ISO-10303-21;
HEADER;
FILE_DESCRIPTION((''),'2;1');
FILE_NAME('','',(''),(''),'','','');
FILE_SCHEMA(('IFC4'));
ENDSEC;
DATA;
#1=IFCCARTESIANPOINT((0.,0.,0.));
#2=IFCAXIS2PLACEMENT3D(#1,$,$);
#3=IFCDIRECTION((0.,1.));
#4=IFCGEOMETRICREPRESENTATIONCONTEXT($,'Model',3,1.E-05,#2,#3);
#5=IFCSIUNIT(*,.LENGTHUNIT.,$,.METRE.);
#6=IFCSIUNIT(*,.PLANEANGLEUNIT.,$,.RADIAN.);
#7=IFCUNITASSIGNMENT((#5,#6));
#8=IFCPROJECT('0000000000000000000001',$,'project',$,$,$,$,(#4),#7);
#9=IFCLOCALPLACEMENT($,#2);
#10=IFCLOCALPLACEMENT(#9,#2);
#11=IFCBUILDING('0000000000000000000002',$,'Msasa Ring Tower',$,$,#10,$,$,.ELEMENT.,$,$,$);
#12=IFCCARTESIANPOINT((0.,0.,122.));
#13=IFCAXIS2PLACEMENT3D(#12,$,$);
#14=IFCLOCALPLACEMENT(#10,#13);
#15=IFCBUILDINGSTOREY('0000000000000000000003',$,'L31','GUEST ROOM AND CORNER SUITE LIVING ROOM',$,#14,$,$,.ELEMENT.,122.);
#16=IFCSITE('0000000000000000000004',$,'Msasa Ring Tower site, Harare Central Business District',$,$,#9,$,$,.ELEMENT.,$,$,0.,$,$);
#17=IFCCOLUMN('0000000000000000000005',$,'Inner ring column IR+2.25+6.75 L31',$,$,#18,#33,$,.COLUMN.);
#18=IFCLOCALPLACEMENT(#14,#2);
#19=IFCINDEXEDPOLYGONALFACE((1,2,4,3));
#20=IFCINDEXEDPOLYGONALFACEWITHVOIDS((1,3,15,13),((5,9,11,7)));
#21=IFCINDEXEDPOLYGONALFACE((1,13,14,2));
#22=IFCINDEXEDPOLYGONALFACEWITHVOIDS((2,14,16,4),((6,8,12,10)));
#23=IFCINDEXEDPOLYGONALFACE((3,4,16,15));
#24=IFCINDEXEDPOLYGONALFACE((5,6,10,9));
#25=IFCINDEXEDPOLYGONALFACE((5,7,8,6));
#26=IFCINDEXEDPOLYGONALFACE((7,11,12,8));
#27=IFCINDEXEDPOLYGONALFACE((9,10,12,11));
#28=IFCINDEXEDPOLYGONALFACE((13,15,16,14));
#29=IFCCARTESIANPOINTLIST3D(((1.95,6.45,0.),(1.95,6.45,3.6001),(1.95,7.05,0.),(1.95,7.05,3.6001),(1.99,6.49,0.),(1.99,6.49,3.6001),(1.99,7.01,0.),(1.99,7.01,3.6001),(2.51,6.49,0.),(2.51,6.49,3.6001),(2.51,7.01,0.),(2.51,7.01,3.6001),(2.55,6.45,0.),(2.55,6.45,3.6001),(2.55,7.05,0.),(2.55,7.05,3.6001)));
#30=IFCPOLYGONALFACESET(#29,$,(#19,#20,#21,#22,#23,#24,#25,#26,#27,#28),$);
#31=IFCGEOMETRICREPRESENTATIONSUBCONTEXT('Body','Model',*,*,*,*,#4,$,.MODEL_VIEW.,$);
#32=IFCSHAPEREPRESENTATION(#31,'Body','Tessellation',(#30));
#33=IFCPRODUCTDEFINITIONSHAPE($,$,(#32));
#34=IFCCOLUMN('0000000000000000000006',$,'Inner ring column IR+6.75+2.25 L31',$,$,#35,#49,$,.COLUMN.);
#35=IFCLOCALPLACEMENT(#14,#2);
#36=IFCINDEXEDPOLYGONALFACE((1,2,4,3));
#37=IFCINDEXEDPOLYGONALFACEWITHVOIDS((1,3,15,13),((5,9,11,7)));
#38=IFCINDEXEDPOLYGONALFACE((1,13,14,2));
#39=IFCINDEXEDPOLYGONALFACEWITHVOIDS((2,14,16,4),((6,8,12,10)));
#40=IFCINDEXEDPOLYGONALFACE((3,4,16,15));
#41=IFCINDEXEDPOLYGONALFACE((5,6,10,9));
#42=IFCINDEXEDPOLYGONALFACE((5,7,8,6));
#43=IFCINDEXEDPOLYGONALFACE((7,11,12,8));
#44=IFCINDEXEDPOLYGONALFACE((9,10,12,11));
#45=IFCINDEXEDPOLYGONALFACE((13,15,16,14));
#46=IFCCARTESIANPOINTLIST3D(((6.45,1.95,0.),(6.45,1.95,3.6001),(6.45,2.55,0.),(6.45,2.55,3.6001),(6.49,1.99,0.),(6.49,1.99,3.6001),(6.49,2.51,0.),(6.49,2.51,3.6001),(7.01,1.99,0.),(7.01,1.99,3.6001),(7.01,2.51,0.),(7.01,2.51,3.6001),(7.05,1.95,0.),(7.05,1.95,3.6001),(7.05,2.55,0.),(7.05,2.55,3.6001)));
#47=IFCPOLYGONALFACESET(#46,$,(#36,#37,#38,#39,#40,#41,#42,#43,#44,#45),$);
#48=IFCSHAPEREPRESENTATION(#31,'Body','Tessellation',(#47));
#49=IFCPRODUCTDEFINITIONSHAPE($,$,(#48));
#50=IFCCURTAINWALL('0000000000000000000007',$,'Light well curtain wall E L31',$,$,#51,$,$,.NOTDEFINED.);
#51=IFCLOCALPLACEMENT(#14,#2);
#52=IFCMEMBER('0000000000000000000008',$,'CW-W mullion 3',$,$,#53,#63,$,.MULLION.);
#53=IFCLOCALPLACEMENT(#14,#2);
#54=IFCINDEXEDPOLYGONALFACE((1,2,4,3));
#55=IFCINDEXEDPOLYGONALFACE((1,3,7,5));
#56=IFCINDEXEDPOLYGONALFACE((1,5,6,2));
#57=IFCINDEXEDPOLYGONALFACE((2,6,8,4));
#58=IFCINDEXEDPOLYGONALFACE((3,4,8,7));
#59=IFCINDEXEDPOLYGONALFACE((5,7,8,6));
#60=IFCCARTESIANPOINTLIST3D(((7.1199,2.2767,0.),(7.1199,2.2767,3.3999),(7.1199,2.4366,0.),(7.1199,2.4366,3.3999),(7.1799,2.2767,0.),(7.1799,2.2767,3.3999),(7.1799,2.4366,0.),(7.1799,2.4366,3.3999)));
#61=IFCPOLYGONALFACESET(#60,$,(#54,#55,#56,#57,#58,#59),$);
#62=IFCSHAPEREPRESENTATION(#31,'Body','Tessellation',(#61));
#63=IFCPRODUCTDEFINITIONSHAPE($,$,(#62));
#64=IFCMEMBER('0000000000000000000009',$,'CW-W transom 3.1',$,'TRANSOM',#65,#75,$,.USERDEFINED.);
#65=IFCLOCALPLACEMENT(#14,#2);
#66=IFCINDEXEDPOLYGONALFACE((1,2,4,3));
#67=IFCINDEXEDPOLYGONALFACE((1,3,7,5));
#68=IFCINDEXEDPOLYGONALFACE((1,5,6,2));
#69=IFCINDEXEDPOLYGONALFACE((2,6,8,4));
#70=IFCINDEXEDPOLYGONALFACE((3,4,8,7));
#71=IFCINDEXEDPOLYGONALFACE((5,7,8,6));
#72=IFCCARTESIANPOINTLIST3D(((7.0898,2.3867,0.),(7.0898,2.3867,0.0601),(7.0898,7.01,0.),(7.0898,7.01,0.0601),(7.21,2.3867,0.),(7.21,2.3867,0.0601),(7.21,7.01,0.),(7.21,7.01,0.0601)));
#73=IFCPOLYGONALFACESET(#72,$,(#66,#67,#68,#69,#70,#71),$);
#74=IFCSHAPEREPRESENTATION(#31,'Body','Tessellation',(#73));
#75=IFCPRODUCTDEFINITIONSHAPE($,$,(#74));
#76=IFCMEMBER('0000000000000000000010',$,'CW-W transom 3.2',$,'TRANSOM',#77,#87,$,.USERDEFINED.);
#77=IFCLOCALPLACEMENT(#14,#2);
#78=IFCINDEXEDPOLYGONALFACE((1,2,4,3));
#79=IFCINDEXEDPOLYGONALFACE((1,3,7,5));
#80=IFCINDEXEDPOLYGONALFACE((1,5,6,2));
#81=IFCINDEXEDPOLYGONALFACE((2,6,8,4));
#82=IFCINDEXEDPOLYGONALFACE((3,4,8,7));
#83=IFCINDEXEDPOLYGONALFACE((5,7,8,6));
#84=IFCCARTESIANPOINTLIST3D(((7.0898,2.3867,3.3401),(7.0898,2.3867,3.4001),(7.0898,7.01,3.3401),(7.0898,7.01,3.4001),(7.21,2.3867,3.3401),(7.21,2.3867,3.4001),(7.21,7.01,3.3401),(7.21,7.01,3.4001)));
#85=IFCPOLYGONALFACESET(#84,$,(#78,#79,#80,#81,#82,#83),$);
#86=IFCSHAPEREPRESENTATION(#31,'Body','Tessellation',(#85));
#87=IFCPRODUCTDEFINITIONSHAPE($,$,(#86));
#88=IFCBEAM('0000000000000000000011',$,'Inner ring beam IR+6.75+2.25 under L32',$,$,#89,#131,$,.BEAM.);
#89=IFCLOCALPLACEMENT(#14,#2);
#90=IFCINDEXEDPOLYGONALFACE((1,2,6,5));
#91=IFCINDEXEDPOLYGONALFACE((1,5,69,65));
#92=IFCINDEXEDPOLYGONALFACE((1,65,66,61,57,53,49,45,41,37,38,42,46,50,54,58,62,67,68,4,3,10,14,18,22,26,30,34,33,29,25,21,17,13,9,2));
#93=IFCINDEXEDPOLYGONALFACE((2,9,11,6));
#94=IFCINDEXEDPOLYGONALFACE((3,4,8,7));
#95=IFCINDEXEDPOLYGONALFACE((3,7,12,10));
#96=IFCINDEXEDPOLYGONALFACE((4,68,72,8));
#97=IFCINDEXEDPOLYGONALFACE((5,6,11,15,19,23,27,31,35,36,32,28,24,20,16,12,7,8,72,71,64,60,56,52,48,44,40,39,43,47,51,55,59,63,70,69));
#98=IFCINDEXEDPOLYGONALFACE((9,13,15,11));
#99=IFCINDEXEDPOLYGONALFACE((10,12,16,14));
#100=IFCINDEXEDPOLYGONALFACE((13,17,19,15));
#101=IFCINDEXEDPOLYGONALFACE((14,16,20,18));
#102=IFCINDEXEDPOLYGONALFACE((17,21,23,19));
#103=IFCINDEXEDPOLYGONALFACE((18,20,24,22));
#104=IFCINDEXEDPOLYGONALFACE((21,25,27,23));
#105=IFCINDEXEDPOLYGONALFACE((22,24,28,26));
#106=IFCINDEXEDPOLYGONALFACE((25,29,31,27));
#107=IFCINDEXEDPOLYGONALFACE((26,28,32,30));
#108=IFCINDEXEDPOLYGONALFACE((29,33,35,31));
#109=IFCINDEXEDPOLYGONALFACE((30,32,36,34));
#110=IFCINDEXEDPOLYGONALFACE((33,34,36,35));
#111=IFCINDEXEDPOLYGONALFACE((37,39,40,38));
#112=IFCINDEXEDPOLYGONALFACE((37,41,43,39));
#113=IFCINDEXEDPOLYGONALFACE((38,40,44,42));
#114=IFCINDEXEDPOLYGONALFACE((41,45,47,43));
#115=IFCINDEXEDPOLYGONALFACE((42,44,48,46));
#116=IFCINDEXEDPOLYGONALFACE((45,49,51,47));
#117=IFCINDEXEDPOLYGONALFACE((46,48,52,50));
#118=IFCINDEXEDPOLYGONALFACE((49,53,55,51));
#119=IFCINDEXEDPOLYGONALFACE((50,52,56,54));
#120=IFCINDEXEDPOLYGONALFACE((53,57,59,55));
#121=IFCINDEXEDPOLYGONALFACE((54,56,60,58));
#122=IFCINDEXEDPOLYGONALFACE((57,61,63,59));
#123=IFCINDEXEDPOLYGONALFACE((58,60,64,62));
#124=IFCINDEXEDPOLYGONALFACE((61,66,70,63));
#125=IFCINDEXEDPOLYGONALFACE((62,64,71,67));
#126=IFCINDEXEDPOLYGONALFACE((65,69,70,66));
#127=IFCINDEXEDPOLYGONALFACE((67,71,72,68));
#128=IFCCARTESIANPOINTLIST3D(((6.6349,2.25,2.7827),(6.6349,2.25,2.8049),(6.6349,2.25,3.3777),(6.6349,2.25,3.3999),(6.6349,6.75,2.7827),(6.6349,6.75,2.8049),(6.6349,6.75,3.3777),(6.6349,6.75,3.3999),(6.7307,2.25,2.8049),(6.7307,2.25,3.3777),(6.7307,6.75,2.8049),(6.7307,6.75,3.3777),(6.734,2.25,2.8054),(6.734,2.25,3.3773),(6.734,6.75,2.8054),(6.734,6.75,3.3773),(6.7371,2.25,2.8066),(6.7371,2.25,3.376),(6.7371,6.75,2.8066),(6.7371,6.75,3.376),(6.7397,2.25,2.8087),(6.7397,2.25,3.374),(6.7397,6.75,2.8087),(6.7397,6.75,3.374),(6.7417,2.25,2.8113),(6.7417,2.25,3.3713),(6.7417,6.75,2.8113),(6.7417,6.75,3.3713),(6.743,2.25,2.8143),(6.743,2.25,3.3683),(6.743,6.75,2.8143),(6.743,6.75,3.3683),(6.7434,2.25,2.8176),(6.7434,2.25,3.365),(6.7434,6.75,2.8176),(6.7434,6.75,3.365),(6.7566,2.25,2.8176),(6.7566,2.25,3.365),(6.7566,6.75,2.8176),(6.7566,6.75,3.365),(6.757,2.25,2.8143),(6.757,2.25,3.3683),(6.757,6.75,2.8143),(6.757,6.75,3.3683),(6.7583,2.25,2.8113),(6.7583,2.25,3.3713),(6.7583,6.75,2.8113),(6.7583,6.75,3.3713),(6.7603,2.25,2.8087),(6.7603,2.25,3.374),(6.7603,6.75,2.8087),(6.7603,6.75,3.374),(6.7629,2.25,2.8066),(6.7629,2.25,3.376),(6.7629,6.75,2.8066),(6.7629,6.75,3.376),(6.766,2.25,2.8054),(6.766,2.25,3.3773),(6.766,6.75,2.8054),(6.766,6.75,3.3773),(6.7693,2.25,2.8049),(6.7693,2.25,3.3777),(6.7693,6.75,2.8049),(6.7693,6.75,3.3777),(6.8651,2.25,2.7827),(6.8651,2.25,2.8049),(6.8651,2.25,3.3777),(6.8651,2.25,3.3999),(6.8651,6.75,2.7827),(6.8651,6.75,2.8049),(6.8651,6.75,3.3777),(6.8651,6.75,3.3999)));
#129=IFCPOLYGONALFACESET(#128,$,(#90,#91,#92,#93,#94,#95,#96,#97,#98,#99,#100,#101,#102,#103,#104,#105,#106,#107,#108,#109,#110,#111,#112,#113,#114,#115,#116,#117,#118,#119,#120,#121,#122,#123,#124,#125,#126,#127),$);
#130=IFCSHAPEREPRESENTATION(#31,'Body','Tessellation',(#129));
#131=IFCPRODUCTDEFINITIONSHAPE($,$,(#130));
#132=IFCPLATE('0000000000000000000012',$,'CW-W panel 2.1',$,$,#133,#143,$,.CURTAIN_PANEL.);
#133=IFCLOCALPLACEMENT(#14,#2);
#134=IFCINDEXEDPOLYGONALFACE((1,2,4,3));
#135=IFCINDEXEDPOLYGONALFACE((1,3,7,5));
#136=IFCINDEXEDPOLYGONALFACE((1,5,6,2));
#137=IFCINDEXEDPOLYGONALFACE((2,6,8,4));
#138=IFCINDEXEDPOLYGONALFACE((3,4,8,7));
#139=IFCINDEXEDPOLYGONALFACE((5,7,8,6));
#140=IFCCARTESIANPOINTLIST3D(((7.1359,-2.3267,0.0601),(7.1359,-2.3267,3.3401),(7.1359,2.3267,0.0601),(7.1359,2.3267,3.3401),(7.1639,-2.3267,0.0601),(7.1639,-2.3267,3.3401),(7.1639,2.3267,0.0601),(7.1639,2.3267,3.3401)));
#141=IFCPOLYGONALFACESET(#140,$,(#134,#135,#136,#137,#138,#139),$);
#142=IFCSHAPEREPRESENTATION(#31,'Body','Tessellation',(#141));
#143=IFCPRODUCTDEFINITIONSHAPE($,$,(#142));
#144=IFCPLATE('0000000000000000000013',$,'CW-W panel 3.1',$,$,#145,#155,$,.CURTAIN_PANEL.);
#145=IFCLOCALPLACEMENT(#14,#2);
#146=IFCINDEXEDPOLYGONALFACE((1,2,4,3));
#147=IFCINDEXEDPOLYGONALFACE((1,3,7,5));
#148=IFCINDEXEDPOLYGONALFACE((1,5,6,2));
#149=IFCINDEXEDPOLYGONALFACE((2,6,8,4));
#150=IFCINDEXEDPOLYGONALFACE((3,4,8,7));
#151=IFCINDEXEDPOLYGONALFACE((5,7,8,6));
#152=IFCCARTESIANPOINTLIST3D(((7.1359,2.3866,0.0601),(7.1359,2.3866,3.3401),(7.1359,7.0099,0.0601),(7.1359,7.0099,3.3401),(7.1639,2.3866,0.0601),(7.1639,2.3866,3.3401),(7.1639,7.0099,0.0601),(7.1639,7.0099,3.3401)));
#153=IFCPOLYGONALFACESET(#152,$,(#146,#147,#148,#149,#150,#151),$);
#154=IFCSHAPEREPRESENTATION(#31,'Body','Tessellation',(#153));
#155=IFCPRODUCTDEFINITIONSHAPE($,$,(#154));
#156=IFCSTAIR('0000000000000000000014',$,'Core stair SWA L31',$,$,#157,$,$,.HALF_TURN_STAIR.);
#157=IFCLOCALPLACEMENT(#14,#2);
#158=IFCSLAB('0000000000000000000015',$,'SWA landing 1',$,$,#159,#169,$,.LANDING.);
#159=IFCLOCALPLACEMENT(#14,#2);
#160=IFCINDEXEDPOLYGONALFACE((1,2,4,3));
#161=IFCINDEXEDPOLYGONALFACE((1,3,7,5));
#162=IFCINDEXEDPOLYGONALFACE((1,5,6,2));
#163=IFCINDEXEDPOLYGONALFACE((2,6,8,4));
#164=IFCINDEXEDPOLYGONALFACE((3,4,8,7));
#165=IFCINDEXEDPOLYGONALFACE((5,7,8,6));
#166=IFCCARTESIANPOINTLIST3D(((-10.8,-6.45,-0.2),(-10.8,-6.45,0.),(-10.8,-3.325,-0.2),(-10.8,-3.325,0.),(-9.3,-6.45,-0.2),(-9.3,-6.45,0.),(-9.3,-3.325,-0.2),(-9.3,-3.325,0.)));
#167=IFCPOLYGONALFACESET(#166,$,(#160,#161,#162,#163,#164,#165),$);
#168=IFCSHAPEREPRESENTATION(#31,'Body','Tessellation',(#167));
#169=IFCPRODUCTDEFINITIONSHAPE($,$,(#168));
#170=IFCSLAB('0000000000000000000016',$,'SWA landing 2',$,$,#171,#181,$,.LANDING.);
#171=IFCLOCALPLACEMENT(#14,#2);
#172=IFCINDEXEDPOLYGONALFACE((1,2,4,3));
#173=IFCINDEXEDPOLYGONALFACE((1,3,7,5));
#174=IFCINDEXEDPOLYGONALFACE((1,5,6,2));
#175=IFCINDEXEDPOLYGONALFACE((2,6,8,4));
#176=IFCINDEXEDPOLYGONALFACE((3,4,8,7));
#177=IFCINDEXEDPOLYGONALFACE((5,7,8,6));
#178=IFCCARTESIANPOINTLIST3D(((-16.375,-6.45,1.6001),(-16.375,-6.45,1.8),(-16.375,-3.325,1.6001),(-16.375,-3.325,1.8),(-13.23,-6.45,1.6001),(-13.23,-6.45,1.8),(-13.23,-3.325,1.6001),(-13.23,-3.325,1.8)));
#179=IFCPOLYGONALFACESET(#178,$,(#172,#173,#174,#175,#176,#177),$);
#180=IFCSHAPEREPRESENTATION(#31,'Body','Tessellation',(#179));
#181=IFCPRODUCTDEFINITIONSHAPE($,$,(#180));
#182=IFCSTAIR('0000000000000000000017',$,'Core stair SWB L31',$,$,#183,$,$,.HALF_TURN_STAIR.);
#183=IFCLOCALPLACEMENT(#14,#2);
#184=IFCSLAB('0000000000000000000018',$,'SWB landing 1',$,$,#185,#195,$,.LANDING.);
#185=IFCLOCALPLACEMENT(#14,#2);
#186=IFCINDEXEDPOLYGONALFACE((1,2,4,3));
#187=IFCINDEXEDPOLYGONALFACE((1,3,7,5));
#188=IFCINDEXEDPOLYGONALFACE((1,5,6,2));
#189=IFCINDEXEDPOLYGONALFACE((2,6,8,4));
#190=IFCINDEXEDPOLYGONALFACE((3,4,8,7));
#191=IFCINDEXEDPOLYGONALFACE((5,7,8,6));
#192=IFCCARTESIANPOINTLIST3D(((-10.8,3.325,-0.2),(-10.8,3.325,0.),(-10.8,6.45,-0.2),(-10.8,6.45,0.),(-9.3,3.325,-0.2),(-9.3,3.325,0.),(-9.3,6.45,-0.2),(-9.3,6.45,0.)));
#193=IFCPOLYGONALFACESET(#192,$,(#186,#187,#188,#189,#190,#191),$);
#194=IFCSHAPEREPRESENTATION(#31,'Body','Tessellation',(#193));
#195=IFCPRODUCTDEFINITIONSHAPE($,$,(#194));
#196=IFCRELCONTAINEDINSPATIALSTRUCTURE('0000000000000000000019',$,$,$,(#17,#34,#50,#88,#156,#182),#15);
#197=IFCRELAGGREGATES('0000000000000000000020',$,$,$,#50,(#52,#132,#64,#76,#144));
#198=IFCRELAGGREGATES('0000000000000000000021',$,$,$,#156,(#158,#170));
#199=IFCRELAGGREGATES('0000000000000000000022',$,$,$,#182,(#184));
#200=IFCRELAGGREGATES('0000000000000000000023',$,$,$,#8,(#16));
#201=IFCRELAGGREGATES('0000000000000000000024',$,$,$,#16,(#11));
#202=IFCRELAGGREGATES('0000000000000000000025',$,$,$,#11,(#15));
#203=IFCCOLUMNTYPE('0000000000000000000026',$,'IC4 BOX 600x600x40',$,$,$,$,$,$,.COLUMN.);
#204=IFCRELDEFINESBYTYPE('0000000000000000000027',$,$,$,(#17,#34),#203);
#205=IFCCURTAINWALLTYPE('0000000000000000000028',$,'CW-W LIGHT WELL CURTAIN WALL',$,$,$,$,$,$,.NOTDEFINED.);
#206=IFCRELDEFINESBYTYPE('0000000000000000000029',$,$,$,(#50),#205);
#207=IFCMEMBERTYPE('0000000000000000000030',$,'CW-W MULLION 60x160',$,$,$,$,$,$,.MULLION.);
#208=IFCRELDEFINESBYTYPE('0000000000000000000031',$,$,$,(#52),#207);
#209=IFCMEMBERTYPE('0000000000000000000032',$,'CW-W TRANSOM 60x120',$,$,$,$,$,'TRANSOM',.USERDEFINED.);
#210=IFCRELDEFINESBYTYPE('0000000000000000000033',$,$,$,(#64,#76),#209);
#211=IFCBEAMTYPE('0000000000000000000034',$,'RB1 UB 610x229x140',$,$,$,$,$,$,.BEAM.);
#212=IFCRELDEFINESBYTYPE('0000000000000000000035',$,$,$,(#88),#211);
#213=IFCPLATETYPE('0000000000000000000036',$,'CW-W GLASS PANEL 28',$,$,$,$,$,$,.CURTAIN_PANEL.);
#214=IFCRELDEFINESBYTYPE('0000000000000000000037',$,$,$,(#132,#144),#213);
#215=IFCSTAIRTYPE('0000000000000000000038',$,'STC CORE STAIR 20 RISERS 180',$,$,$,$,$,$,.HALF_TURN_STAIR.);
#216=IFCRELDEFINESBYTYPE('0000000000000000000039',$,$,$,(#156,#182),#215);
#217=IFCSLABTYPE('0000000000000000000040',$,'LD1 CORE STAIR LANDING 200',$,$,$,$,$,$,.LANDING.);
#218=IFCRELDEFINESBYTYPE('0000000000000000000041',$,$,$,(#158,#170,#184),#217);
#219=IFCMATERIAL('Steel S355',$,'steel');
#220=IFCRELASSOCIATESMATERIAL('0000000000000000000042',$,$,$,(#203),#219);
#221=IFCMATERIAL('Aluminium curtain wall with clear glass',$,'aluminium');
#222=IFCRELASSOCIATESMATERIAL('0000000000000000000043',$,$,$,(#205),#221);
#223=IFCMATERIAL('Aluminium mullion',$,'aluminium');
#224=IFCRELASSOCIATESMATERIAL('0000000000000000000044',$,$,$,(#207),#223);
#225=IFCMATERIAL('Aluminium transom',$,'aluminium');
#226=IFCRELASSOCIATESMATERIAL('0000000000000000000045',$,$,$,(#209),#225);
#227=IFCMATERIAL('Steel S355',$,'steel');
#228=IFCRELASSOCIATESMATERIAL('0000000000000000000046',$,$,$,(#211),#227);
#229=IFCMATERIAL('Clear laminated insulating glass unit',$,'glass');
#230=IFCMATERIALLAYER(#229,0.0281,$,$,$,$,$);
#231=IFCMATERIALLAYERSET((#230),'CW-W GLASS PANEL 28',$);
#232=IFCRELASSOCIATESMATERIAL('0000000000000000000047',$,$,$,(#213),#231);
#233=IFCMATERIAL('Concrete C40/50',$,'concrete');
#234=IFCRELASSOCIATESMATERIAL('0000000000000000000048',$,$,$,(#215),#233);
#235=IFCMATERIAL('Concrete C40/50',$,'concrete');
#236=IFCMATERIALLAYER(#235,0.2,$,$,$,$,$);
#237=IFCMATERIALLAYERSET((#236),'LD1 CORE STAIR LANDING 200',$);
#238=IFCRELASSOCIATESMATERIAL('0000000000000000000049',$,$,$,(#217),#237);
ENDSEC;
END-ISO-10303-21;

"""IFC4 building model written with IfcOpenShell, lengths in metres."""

from ifc_helpers import new_model, si_unit, direction, frame, origin, origin_2d, place, context, subcontext, project, spatial, polyline, rectangle, hollow_rectangle, i_section, outline, extrude, material, layer, layer_set, material_profile, profile_set, type_object, element, aggregate, save


model = new_model("IFC4")

# Units and contexts
model_context = context("Model", 3, precision=1e-05, world=origin(), true_north=direction((0.0, 1.0)))
body_context = subcontext(model_context, "Body", "Model", "MODEL_VIEW")
ifc_project = project(units=[si_unit("LENGTHUNIT", "METRE"), si_unit("PLANEANGLEUNIT", "RADIAN")], contexts=[model_context])

# Site, building, storey
site_placement = place(None, origin())
site = spatial("IfcSite", under=ifc_project, at=site_placement, Name="Msasa Ring Tower site, Harare Central Business District", CompositionType="ELEMENT", RefElevation=0.0)
building_placement = place(site_placement, origin())
building = spatial("IfcBuilding", under=site, at=building_placement, Name="Msasa Ring Tower", CompositionType="ELEMENT")
storey_placement = place(building_placement, frame((0.0, 0.0, 122.0)))
storey = spatial("IfcBuildingStorey", under=building, at=storey_placement, Name="L31", Description="GUEST ROOM AND CORNER SUITE LIVING ROOM", CompositionType="ELEMENT", Elevation=122.0)

# Columns
ifc_material_1 = material(Name="Steel S355", Category="steel")
ifc_material_profile_1 = material_profile(ifc_material_1, hollow_rectangle(XDim=0.6001, YDim=0.6001, WallThickness=0.04, at=origin_2d()), Name="BOX 600x600x40")
ifc_profile_set_1 = profile_set([ifc_material_profile_1], Name="Steel S355")
column_type = type_object("IfcColumnType", Name="IC4 BOX 600x600x40", PredefinedType="COLUMN", material=ifc_profile_set_1)
for number, where, z_axis, x_axis, name in (
    (1, (2.25, 6.75, 0.0), (0.0, 0.0, 1.0), (1.0, 0.0, 0.0), "Inner ring column IR+2.25+6.75 L31"),
    (2, (6.75, 2.25, 0.0), (0.0, 0.0, 1.0), (1.0, 0.0, 0.0), "Inner ring column IR+6.75+2.25 L31"),
):
    element("IfcColumn", number, at=place(storey_placement, frame(where, z_axis=z_axis, x_axis=x_axis)), inside=storey, type_object=column_type, Name=name, PredefinedType="COLUMN", context=body_context, shape_type="SweptSolid", body=[
        extrude(hollow_rectangle(XDim=0.6001, YDim=0.6001, WallThickness=0.04, at=origin_2d()), origin(), (0.0, 0.0, 1.0), 3.6001),
    ])

# Curtain wall, members
ifc_material_2 = material(Name="Aluminium curtain wall with clear glass", Category="aluminium")
curtain_wall_type = type_object("IfcCurtainWallType", Name="CW-W LIGHT WELL CURTAIN WALL", PredefinedType="NOTDEFINED", material=ifc_material_2)
curtain_wall_placement = place(storey_placement, origin())
curtain_wall = element("IfcCurtainWall", 3, at=curtain_wall_placement, inside=storey, type_object=curtain_wall_type, Name="Light well curtain wall E L31", PredefinedType="NOTDEFINED")
ifc_material_3 = material(Name="Aluminium mullion", Category="aluminium")
ifc_material_profile_2 = material_profile(ifc_material_3, rectangle(XDim=0.0601, YDim=0.1599, at=origin_2d()), Name="AL 60x160")
ifc_profile_set_2 = profile_set([ifc_material_profile_2], Name="Aluminium mullion")
member_type_1 = type_object("IfcMemberType", Name="CW-W MULLION 60x160", PredefinedType="MULLION", material=ifc_profile_set_2)
member_1_placement = place(storey_placement, frame((7.1499, 2.3567, 0.0), z_axis=(0.0, 0.0, 1.0), x_axis=(-1.0, 0.0, 0.0)))
member_1 = element("IfcMember", 4, at=member_1_placement, type_object=member_type_1, Name="CW-W mullion 3", PredefinedType="MULLION", context=body_context, shape_type="SweptSolid", body=[
    extrude(rectangle(XDim=0.0601, YDim=0.1599, at=origin_2d()), origin(), (0.0, 0.0, 1.0), 3.3999),
])
ifc_material_4 = material(Name="Aluminium transom", Category="aluminium")
ifc_material_profile_3 = material_profile(ifc_material_4, rectangle(XDim=0.1201, YDim=0.0601, at=origin_2d()), Name="AL 60x120")
ifc_profile_set_3 = profile_set([ifc_material_profile_3], Name="Aluminium transom")
member_type_2 = type_object("IfcMemberType", Name="CW-W TRANSOM 60x120", ElementType="TRANSOM", PredefinedType="USERDEFINED", material=ifc_profile_set_3)
member_2_placement = place(storey_placement, frame((7.1499, 2.3867, 0.03), z_axis=(0.0, 1.0, 0.0), x_axis=(-1.0, 0.0, 0.0)))
member_2 = element("IfcMember", 5, at=member_2_placement, type_object=member_type_2, Name="CW-W transom 3.1", ObjectType="TRANSOM", PredefinedType="USERDEFINED", context=body_context, shape_type="SweptSolid", body=[
    extrude(rectangle(XDim=0.1201, YDim=0.0601, at=origin_2d()), origin(), (0.0, 0.0, 1.0), 4.6233),
])
member_3_placement = place(storey_placement, frame((7.1499, 2.3867, 3.3701), z_axis=(0.0, 1.0, 0.0), x_axis=(-1.0, 0.0, 0.0)))
member_3 = element("IfcMember", 6, at=member_3_placement, type_object=member_type_2, Name="CW-W transom 3.2", ObjectType="TRANSOM", PredefinedType="USERDEFINED", context=body_context, shape_type="SweptSolid", body=[
    extrude(rectangle(XDim=0.1201, YDim=0.0601, at=origin_2d()), origin(), (0.0, 0.0, 1.0), 4.6233),
])

# Beam
ifc_material_5 = material(Name="Steel S355", Category="steel")
ifc_material_profile_4 = material_profile(ifc_material_5, i_section(OverallWidth=0.2302, OverallDepth=0.6172, WebThickness=0.0132, FlangeThickness=0.0222, FilletRadius=0.0127, at=origin_2d()), Name="UB 610x229x140")
ifc_profile_set_4 = profile_set([ifc_material_profile_4], Name="Steel S355")
beam_type = type_object("IfcBeamType", Name="RB1 UB 610x229x140", PredefinedType="BEAM", material=ifc_profile_set_4)
beam_placement = place(storey_placement, frame((6.75, 2.25, 3.0913), z_axis=(0.0, 1.0, 0.0), x_axis=(-1.0, 0.0, 0.0)))
element("IfcBeam", 7, at=beam_placement, inside=storey, type_object=beam_type, Name="Inner ring beam IR+6.75+2.25 under L32", PredefinedType="BEAM", context=body_context, shape_type="SweptSolid", body=[
    extrude(i_section(OverallWidth=0.2302, OverallDepth=0.6172, WebThickness=0.0132, FlangeThickness=0.0222, FilletRadius=0.0127, at=origin_2d()), origin(), (0.0, 0.0, 1.0), 4.5),
])

# Plates
ifc_material_6 = material(Name="Clear laminated insulating glass unit", Category="glass")
ifc_layer_1 = layer(ifc_material_6, 0.0281)
ifc_layer_set_1 = layer_set([ifc_layer_1], Name="CW-W GLASS PANEL 28")
plate_type = type_object("IfcPlateType", Name="CW-W GLASS PANEL 28", PredefinedType="CURTAIN_PANEL", material=ifc_layer_set_1)
plate_1_placement = place(storey_placement, frame((7.1499, 0.0, 0.0601), z_axis=(0.0, 0.0, 1.0), x_axis=(0.0, 1.0, 0.0)))
plate_1 = element("IfcPlate", 8, at=plate_1_placement, type_object=plate_type, Name="CW-W panel 2.1", PredefinedType="CURTAIN_PANEL", context=body_context, shape_type="SweptSolid", body=[
    extrude(rectangle(XDim=4.6533, YDim=0.0281, at=origin_2d()), origin(), (0.0, 0.0, 1.0), 3.28),
])
plate_2_placement = place(storey_placement, frame((7.1499, 4.6982, 0.0601), z_axis=(0.0, 0.0, 1.0), x_axis=(0.0, 1.0, 0.0)))
plate_2 = element("IfcPlate", 9, at=plate_2_placement, type_object=plate_type, Name="CW-W panel 3.1", PredefinedType="CURTAIN_PANEL", context=body_context, shape_type="SweptSolid", body=[
    extrude(rectangle(XDim=4.6233, YDim=0.0281, at=origin_2d()), origin(), (0.0, 0.0, 1.0), 3.28),
])
aggregate(curtain_wall, [member_1, plate_1, member_2, member_3, plate_2])

# Stairs, slabs
ifc_material_7 = material(Name="Concrete C40/50", Category="concrete")
stair_type = type_object("IfcStairType", Name="STC CORE STAIR 20 RISERS 180", PredefinedType="HALF_TURN_STAIR", material=ifc_material_7)
stair_1_placement = place(storey_placement, origin())
stair_1 = element("IfcStair", 10, at=stair_1_placement, inside=storey, type_object=stair_type, Name="Core stair SWA L31", PredefinedType="HALF_TURN_STAIR")
ifc_material_8 = material(Name="Concrete C40/50", Category="concrete")
ifc_layer_2 = layer(ifc_material_8, 0.2)
ifc_layer_set_2 = layer_set([ifc_layer_2], Name="LD1 CORE STAIR LANDING 200")
slab_type = type_object("IfcSlabType", Name="LD1 CORE STAIR LANDING 200", PredefinedType="LANDING", material=ifc_layer_set_2)
slab_1_placement = place(storey_placement, frame((0.0, 0.0, -0.2)))
slab_1 = element("IfcSlab", 11, at=slab_1_placement, type_object=slab_type, Name="SWA landing 1", PredefinedType="LANDING", context=body_context, shape_type="SweptSolid", body=[
    extrude(outline(polyline([(-10.8, -6.45), (-9.3, -6.45), (-9.3, -3.325), (-10.8, -3.325), (-10.8, -6.45)])), origin(), (0.0, 0.0, 1.0), 0.2),
])
slab_2_placement = place(storey_placement, frame((0.0, 0.0, 1.6001)))
slab_2 = element("IfcSlab", 12, at=slab_2_placement, type_object=slab_type, Name="SWA landing 2", PredefinedType="LANDING", context=body_context, shape_type="SweptSolid", body=[
    extrude(outline(polyline([(-16.375, -6.45), (-13.23, -6.45), (-13.23, -3.325), (-16.375, -3.325), (-16.375, -6.45)])), origin(), (0.0, 0.0, 1.0), 0.2),
])
aggregate(stair_1, [slab_1, slab_2])
stair_2_placement = place(storey_placement, origin())
stair_2 = element("IfcStair", 13, at=stair_2_placement, inside=storey, type_object=stair_type, Name="Core stair SWB L31", PredefinedType="HALF_TURN_STAIR")
slab_3_placement = place(storey_placement, frame((0.0, 0.0, -0.2)))
slab_3 = element("IfcSlab", 14, at=slab_3_placement, type_object=slab_type, Name="SWB landing 1", PredefinedType="LANDING", context=body_context, shape_type="SweptSolid", body=[
    extrude(outline(polyline([(-10.8, 3.325), (-9.3, 3.325), (-9.3, 6.45), (-10.8, 6.45), (-10.8, 3.325)])), origin(), (0.0, 0.0, 1.0), 0.2),
])
aggregate(stair_2, [slab_3])

save(model, "model.ifc")
